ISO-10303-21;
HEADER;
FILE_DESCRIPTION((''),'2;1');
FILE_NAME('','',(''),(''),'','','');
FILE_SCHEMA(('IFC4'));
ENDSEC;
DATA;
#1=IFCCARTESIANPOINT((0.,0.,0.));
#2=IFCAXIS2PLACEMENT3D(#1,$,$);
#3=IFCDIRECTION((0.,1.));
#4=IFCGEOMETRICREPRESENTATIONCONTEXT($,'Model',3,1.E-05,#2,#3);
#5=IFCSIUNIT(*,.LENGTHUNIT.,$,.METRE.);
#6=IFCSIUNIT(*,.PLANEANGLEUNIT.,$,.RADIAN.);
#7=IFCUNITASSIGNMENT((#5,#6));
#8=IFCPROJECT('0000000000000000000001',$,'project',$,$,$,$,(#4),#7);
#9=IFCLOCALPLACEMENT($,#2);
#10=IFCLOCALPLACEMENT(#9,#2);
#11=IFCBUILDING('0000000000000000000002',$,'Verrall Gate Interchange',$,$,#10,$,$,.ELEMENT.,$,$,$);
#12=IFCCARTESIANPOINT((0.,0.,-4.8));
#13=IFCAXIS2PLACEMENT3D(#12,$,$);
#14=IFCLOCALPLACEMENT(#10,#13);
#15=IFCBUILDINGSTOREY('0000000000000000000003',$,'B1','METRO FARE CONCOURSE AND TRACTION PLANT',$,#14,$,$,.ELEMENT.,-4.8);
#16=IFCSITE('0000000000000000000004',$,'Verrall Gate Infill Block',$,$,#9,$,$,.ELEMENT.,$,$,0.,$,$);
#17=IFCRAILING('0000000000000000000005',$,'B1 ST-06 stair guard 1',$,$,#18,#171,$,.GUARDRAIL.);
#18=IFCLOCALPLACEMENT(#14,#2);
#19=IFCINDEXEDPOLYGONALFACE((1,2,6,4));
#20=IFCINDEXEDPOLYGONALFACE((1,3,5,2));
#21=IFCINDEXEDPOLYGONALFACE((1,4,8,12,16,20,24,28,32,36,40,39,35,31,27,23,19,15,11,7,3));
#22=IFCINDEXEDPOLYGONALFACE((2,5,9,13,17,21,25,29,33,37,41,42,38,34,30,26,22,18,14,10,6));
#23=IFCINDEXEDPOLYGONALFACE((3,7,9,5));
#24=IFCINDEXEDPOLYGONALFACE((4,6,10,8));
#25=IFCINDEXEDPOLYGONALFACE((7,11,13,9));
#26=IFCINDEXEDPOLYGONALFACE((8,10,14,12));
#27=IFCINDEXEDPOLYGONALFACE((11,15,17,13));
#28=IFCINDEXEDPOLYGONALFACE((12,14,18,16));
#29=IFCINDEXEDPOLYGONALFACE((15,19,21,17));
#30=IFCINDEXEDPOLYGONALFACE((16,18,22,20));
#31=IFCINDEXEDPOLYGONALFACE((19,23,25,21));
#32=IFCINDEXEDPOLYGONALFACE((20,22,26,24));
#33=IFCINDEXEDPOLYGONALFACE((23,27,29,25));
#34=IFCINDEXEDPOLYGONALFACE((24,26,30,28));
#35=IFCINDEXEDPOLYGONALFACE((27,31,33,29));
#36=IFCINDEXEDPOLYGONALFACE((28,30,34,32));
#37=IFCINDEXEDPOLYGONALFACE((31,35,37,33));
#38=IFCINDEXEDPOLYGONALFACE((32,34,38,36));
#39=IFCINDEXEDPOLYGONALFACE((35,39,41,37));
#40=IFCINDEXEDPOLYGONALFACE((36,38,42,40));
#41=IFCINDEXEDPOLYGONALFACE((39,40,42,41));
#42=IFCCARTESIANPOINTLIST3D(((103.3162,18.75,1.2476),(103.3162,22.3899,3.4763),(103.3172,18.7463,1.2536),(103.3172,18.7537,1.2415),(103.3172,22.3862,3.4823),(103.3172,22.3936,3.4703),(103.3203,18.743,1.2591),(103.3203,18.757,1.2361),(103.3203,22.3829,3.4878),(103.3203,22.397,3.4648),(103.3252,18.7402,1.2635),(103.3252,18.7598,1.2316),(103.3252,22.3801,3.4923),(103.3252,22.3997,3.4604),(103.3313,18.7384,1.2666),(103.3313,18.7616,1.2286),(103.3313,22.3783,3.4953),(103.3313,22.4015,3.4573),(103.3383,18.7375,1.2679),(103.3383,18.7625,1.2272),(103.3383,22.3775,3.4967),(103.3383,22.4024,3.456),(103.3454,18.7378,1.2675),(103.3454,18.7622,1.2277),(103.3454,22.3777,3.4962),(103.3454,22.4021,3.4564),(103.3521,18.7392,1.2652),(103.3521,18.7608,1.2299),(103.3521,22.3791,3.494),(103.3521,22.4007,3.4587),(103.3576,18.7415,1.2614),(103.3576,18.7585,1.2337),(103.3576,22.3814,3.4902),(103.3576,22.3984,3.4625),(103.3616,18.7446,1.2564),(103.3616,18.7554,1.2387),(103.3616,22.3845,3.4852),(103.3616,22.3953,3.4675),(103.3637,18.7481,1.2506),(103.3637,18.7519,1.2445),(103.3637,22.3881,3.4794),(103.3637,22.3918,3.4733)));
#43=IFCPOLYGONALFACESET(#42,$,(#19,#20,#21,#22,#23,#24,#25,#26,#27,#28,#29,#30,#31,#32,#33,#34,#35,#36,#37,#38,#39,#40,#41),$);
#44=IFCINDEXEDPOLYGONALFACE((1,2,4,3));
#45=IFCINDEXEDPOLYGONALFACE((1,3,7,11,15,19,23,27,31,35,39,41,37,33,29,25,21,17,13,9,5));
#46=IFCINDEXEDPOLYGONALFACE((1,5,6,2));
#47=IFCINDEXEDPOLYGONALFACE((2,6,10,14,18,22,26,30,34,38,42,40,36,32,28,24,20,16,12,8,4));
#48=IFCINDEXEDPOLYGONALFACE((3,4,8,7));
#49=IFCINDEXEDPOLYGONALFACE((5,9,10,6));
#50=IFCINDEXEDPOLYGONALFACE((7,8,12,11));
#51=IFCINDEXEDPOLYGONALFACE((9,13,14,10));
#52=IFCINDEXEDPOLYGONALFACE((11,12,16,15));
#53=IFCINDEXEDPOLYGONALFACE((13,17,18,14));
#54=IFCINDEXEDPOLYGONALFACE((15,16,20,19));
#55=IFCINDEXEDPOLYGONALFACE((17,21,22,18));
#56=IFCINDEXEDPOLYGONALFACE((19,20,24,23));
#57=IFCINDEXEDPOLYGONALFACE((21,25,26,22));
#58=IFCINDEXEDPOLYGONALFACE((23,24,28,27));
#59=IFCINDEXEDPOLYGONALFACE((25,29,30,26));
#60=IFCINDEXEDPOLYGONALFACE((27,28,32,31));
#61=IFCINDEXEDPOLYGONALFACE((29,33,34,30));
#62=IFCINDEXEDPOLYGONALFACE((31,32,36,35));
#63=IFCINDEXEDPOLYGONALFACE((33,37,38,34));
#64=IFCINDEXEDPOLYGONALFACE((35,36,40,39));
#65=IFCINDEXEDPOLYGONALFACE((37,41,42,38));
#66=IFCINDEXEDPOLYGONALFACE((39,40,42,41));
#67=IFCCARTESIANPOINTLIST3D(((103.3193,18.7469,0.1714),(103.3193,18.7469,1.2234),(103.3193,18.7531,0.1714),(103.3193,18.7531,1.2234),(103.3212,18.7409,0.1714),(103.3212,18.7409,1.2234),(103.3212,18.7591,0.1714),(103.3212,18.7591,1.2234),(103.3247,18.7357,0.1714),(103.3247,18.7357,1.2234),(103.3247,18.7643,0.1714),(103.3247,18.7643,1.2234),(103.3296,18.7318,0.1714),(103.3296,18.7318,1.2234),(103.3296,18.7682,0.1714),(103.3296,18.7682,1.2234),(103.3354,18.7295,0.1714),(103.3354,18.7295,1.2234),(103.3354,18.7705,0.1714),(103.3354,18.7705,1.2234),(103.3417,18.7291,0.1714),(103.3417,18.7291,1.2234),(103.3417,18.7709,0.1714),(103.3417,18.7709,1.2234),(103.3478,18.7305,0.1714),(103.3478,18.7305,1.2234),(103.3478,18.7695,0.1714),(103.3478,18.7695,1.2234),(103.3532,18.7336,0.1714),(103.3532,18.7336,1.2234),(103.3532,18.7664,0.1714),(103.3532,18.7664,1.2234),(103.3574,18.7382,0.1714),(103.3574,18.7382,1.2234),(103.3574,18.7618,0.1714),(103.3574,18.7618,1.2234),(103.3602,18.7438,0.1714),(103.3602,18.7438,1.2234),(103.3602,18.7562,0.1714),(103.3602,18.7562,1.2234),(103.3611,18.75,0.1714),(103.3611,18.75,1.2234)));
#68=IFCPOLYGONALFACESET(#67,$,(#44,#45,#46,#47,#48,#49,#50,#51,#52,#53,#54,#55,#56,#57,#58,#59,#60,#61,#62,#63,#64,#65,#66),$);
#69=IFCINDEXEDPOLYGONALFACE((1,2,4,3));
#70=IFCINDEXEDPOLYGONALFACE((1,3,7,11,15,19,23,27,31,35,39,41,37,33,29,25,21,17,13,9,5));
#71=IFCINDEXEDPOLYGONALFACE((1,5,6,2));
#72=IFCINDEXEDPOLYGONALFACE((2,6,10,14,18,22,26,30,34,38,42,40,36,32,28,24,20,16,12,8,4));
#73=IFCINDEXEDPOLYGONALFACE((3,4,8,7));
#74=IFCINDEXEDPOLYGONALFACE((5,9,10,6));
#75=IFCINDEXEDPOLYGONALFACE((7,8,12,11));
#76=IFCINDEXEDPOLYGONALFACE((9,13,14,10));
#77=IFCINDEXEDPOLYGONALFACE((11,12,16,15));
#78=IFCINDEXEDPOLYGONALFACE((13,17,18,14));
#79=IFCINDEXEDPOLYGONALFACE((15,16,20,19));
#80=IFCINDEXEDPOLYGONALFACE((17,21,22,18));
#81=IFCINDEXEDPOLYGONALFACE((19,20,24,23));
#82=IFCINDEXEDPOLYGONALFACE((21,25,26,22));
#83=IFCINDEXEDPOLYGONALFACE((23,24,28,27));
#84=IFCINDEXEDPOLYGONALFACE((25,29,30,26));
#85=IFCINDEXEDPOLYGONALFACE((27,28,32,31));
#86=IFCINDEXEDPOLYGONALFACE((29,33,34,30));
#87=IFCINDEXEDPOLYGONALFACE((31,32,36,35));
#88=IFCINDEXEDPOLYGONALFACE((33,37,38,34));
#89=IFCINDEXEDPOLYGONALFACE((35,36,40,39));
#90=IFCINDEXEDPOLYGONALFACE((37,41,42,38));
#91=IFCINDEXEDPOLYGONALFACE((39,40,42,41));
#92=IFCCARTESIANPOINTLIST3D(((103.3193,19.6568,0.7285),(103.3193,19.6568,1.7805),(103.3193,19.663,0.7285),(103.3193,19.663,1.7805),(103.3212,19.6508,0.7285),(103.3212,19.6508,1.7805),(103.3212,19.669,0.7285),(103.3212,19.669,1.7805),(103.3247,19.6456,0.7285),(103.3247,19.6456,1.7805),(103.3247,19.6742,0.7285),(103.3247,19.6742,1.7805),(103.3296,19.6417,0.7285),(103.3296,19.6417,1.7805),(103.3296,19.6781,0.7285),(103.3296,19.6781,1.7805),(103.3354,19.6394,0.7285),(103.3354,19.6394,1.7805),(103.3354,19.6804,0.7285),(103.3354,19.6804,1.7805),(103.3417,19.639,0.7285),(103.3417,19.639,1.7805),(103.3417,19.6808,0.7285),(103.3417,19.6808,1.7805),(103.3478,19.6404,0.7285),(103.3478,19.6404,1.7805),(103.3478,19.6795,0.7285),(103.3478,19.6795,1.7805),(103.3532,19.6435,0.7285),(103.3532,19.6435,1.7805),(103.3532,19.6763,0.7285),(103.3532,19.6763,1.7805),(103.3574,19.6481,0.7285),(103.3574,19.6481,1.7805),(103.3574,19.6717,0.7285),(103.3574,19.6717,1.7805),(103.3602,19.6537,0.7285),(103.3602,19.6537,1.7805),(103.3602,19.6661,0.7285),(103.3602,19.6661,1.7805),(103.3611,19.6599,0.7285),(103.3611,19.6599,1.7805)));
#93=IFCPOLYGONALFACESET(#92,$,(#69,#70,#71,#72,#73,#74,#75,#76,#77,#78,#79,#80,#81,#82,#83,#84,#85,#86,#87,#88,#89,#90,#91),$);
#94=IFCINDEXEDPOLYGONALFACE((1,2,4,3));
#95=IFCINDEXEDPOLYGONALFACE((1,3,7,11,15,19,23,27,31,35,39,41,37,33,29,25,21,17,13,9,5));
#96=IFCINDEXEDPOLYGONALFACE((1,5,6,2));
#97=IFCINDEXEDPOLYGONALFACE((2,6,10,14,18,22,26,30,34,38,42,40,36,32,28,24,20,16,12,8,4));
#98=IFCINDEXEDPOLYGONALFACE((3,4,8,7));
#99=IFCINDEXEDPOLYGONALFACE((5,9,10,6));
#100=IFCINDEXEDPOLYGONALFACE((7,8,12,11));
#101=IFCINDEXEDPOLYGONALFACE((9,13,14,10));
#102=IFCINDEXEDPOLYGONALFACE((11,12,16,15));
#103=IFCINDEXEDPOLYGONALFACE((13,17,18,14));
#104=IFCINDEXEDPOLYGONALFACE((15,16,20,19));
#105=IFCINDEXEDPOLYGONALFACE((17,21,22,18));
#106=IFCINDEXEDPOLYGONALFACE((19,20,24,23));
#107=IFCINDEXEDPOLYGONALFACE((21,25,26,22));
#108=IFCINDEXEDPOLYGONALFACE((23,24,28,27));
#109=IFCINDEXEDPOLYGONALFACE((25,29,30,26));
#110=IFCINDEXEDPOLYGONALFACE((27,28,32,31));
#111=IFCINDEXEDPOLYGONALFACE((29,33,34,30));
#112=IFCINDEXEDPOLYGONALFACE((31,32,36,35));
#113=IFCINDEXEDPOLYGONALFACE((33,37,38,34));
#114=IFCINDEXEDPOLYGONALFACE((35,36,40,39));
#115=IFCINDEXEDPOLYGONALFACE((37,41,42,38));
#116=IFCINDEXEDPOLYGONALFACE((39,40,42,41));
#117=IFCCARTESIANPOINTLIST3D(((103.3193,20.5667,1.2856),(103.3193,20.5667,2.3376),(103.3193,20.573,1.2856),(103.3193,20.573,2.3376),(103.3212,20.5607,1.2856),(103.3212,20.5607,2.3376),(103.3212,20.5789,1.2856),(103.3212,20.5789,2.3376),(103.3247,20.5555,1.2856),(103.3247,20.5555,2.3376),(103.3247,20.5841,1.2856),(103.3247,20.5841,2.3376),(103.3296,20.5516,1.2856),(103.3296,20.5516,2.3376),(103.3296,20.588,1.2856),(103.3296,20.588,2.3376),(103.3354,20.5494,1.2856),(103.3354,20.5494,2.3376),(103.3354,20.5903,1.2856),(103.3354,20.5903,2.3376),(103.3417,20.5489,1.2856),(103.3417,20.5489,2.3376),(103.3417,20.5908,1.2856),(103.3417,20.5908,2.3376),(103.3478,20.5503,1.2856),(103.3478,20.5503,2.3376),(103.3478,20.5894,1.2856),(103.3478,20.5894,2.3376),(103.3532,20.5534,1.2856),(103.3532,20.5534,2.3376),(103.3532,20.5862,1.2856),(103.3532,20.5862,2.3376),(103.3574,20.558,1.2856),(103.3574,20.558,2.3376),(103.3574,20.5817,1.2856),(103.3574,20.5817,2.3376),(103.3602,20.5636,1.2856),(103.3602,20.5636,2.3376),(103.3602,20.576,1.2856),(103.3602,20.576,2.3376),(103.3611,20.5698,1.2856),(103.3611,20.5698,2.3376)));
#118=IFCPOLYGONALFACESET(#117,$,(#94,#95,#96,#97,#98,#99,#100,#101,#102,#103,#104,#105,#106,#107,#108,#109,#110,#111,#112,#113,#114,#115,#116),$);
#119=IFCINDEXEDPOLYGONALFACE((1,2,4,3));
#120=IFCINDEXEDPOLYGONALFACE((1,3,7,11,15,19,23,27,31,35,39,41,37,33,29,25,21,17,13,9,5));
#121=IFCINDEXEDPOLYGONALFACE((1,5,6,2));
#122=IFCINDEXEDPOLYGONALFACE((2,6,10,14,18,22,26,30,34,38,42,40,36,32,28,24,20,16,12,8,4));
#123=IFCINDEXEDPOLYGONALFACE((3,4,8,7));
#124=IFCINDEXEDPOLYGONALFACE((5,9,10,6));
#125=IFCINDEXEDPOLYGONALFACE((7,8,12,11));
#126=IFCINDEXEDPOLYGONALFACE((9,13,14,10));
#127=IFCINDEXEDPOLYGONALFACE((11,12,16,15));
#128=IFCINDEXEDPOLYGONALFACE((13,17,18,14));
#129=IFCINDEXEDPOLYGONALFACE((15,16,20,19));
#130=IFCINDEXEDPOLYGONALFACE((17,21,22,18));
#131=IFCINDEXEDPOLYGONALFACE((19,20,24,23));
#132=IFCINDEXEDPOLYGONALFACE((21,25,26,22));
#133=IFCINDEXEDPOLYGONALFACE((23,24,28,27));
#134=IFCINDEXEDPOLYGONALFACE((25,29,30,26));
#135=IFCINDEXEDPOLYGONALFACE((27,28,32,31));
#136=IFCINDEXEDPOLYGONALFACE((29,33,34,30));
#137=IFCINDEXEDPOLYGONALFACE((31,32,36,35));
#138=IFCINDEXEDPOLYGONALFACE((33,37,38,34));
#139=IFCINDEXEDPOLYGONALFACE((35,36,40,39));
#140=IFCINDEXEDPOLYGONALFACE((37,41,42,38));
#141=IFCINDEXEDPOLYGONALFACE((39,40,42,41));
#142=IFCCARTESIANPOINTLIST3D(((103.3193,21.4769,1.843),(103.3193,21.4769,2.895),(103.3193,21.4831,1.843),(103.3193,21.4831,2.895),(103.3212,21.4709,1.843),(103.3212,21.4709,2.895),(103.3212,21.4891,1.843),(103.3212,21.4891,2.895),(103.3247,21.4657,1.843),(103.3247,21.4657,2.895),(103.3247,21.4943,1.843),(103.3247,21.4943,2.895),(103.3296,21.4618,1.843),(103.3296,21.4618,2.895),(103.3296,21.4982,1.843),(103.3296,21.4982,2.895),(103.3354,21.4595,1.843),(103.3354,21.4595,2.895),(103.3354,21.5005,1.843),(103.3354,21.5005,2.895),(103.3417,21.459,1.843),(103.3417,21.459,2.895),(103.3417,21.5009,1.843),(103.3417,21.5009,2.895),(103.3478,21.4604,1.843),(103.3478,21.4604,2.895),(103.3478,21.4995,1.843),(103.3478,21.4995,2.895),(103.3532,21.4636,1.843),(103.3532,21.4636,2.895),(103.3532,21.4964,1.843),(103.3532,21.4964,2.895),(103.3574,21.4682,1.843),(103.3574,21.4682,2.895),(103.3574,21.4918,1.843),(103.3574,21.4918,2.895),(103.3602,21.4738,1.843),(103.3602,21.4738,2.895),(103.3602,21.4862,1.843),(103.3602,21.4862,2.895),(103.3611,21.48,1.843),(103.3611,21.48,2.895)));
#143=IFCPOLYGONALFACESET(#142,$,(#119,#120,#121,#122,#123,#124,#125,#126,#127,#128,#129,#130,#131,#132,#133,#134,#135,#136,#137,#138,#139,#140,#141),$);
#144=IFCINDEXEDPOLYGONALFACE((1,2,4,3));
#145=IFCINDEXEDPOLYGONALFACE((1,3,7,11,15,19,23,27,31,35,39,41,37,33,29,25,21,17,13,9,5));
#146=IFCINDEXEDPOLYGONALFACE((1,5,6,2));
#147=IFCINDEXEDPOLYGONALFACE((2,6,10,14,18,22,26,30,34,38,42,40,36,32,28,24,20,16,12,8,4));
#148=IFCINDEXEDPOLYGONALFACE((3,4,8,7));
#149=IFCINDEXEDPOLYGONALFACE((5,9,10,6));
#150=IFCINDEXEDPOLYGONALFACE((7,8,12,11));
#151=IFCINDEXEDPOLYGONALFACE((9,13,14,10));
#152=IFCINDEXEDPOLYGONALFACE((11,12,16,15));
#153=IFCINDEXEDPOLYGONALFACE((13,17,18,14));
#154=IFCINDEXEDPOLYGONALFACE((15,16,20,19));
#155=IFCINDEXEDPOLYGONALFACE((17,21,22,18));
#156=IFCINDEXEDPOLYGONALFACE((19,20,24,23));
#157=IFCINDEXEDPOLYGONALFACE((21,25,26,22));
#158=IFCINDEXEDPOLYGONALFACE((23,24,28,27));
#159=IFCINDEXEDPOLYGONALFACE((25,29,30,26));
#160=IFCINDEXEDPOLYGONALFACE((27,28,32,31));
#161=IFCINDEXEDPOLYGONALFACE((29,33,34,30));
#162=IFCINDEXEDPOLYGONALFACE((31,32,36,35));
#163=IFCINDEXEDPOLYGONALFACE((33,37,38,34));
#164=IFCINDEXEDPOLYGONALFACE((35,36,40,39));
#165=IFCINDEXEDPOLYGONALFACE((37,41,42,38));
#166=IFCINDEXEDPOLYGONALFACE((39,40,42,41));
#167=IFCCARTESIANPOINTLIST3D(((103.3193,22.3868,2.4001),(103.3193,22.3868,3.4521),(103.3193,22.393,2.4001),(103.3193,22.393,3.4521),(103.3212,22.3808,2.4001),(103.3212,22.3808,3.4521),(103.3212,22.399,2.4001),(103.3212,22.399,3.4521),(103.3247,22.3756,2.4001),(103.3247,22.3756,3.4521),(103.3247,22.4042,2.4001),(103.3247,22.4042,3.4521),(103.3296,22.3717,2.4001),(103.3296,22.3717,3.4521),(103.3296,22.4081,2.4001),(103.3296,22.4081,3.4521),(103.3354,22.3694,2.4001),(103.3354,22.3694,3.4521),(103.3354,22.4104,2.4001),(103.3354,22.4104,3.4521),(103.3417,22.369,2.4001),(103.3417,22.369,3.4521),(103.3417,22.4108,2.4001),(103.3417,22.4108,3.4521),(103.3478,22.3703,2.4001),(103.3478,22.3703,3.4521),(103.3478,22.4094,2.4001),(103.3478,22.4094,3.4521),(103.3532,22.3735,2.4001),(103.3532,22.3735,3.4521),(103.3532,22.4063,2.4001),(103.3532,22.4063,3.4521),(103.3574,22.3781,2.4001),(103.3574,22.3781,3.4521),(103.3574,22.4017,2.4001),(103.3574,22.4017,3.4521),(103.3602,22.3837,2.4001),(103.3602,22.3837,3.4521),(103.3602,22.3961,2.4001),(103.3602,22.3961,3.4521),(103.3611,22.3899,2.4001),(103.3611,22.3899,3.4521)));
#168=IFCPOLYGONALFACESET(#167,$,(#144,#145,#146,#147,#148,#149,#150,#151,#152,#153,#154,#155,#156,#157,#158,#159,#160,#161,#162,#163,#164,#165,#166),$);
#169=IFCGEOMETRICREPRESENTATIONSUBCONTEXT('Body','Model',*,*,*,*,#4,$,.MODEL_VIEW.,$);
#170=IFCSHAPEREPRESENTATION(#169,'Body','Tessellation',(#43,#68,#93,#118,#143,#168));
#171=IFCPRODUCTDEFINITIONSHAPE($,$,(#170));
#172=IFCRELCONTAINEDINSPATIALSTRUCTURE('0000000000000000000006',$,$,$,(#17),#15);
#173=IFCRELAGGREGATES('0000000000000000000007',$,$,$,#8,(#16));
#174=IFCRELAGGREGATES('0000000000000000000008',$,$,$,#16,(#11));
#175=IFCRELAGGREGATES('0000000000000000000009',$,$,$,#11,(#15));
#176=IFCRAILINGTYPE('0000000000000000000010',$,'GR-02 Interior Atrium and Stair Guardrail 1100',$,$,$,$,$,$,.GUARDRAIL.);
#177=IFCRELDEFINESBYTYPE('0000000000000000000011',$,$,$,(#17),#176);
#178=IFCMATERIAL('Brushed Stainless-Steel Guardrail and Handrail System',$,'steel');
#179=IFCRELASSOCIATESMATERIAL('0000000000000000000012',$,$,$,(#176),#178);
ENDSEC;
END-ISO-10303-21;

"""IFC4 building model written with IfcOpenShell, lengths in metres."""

from ifc_helpers import new_model, si_unit, direction, frame, origin, origin_2d, place, context, subcontext, project, spatial, circle, extrude, material, type_object, element, save


model = new_model("IFC4")

# Units and contexts
model_context = context("Model", 3, precision=1e-05, world=origin(), true_north=direction((0.0, 1.0)))
body_context = subcontext(model_context, "Body", "Model", "MODEL_VIEW")
ifc_project = project(units=[si_unit("LENGTHUNIT", "METRE"), si_unit("PLANEANGLEUNIT", "RADIAN")], contexts=[model_context])

# Site, building, storey
site_placement = place(None, origin())
site = spatial("IfcSite", under=ifc_project, at=site_placement, Name="Verrall Gate Infill Block", CompositionType="ELEMENT", RefElevation=0.0)
building_placement = place(site_placement, origin())
building = spatial("IfcBuilding", under=site, at=building_placement, Name="Verrall Gate Interchange", CompositionType="ELEMENT")
storey_placement = place(building_placement, frame((0.0, 0.0, -4.8)))
storey = spatial("IfcBuildingStorey", under=building, at=storey_placement, Name="B1", Description="METRO FARE CONCOURSE AND TRACTION PLANT", CompositionType="ELEMENT", Elevation=-4.8)

# Railing
ifc_material_1 = material(Name="Brushed Stainless-Steel Guardrail and Handrail System", Category="steel")
railing_type_1 = type_object("IfcRailingType", Name="GR-02 Interior Atrium and Stair Guardrail 1100", PredefinedType="GUARDRAIL", material=ifc_material_1)
railing_1_placement = place(storey_placement, frame((103.3401, 18.75, 0.1714)))
element("IfcRailing", 1, at=railing_1_placement, inside=storey, type_object=railing_type_1, Name="B1 ST-06 stair guard 1", PredefinedType="GUARDRAIL", context=body_context, shape_type="SweptSolid", body=[
    extrude(circle(Radius=0.0239, at=origin_2d()), frame((0.0, 0.0, 1.0762), z_axis=(0.0, 0.852825, 0.522197), x_axis=(-1.0, 0.0, 0.0)), (0.0, 0.0, 1.0), 4.2681),
    extrude(circle(Radius=0.021, at=origin_2d()), origin(), (0.0, 0.0, 1.0), 1.052),
    extrude(circle(Radius=0.021, at=origin_2d()), frame((0.0, 0.9099, 0.5571)), (0.0, 0.0, 1.0), 1.052),
    extrude(circle(Radius=0.021, at=origin_2d()), frame((0.0, 1.8198, 1.1143)), (0.0, 0.0, 1.0), 1.052),
    extrude(circle(Radius=0.021, at=origin_2d()), frame((0.0, 2.73, 1.6716)), (0.0, 0.0, 1.0), 1.052),
    extrude(circle(Radius=0.021, at=origin_2d()), frame((0.0, 3.6399, 2.2288)), (0.0, 0.0, 1.0), 1.052),
])

save(model, "model.ifc")
